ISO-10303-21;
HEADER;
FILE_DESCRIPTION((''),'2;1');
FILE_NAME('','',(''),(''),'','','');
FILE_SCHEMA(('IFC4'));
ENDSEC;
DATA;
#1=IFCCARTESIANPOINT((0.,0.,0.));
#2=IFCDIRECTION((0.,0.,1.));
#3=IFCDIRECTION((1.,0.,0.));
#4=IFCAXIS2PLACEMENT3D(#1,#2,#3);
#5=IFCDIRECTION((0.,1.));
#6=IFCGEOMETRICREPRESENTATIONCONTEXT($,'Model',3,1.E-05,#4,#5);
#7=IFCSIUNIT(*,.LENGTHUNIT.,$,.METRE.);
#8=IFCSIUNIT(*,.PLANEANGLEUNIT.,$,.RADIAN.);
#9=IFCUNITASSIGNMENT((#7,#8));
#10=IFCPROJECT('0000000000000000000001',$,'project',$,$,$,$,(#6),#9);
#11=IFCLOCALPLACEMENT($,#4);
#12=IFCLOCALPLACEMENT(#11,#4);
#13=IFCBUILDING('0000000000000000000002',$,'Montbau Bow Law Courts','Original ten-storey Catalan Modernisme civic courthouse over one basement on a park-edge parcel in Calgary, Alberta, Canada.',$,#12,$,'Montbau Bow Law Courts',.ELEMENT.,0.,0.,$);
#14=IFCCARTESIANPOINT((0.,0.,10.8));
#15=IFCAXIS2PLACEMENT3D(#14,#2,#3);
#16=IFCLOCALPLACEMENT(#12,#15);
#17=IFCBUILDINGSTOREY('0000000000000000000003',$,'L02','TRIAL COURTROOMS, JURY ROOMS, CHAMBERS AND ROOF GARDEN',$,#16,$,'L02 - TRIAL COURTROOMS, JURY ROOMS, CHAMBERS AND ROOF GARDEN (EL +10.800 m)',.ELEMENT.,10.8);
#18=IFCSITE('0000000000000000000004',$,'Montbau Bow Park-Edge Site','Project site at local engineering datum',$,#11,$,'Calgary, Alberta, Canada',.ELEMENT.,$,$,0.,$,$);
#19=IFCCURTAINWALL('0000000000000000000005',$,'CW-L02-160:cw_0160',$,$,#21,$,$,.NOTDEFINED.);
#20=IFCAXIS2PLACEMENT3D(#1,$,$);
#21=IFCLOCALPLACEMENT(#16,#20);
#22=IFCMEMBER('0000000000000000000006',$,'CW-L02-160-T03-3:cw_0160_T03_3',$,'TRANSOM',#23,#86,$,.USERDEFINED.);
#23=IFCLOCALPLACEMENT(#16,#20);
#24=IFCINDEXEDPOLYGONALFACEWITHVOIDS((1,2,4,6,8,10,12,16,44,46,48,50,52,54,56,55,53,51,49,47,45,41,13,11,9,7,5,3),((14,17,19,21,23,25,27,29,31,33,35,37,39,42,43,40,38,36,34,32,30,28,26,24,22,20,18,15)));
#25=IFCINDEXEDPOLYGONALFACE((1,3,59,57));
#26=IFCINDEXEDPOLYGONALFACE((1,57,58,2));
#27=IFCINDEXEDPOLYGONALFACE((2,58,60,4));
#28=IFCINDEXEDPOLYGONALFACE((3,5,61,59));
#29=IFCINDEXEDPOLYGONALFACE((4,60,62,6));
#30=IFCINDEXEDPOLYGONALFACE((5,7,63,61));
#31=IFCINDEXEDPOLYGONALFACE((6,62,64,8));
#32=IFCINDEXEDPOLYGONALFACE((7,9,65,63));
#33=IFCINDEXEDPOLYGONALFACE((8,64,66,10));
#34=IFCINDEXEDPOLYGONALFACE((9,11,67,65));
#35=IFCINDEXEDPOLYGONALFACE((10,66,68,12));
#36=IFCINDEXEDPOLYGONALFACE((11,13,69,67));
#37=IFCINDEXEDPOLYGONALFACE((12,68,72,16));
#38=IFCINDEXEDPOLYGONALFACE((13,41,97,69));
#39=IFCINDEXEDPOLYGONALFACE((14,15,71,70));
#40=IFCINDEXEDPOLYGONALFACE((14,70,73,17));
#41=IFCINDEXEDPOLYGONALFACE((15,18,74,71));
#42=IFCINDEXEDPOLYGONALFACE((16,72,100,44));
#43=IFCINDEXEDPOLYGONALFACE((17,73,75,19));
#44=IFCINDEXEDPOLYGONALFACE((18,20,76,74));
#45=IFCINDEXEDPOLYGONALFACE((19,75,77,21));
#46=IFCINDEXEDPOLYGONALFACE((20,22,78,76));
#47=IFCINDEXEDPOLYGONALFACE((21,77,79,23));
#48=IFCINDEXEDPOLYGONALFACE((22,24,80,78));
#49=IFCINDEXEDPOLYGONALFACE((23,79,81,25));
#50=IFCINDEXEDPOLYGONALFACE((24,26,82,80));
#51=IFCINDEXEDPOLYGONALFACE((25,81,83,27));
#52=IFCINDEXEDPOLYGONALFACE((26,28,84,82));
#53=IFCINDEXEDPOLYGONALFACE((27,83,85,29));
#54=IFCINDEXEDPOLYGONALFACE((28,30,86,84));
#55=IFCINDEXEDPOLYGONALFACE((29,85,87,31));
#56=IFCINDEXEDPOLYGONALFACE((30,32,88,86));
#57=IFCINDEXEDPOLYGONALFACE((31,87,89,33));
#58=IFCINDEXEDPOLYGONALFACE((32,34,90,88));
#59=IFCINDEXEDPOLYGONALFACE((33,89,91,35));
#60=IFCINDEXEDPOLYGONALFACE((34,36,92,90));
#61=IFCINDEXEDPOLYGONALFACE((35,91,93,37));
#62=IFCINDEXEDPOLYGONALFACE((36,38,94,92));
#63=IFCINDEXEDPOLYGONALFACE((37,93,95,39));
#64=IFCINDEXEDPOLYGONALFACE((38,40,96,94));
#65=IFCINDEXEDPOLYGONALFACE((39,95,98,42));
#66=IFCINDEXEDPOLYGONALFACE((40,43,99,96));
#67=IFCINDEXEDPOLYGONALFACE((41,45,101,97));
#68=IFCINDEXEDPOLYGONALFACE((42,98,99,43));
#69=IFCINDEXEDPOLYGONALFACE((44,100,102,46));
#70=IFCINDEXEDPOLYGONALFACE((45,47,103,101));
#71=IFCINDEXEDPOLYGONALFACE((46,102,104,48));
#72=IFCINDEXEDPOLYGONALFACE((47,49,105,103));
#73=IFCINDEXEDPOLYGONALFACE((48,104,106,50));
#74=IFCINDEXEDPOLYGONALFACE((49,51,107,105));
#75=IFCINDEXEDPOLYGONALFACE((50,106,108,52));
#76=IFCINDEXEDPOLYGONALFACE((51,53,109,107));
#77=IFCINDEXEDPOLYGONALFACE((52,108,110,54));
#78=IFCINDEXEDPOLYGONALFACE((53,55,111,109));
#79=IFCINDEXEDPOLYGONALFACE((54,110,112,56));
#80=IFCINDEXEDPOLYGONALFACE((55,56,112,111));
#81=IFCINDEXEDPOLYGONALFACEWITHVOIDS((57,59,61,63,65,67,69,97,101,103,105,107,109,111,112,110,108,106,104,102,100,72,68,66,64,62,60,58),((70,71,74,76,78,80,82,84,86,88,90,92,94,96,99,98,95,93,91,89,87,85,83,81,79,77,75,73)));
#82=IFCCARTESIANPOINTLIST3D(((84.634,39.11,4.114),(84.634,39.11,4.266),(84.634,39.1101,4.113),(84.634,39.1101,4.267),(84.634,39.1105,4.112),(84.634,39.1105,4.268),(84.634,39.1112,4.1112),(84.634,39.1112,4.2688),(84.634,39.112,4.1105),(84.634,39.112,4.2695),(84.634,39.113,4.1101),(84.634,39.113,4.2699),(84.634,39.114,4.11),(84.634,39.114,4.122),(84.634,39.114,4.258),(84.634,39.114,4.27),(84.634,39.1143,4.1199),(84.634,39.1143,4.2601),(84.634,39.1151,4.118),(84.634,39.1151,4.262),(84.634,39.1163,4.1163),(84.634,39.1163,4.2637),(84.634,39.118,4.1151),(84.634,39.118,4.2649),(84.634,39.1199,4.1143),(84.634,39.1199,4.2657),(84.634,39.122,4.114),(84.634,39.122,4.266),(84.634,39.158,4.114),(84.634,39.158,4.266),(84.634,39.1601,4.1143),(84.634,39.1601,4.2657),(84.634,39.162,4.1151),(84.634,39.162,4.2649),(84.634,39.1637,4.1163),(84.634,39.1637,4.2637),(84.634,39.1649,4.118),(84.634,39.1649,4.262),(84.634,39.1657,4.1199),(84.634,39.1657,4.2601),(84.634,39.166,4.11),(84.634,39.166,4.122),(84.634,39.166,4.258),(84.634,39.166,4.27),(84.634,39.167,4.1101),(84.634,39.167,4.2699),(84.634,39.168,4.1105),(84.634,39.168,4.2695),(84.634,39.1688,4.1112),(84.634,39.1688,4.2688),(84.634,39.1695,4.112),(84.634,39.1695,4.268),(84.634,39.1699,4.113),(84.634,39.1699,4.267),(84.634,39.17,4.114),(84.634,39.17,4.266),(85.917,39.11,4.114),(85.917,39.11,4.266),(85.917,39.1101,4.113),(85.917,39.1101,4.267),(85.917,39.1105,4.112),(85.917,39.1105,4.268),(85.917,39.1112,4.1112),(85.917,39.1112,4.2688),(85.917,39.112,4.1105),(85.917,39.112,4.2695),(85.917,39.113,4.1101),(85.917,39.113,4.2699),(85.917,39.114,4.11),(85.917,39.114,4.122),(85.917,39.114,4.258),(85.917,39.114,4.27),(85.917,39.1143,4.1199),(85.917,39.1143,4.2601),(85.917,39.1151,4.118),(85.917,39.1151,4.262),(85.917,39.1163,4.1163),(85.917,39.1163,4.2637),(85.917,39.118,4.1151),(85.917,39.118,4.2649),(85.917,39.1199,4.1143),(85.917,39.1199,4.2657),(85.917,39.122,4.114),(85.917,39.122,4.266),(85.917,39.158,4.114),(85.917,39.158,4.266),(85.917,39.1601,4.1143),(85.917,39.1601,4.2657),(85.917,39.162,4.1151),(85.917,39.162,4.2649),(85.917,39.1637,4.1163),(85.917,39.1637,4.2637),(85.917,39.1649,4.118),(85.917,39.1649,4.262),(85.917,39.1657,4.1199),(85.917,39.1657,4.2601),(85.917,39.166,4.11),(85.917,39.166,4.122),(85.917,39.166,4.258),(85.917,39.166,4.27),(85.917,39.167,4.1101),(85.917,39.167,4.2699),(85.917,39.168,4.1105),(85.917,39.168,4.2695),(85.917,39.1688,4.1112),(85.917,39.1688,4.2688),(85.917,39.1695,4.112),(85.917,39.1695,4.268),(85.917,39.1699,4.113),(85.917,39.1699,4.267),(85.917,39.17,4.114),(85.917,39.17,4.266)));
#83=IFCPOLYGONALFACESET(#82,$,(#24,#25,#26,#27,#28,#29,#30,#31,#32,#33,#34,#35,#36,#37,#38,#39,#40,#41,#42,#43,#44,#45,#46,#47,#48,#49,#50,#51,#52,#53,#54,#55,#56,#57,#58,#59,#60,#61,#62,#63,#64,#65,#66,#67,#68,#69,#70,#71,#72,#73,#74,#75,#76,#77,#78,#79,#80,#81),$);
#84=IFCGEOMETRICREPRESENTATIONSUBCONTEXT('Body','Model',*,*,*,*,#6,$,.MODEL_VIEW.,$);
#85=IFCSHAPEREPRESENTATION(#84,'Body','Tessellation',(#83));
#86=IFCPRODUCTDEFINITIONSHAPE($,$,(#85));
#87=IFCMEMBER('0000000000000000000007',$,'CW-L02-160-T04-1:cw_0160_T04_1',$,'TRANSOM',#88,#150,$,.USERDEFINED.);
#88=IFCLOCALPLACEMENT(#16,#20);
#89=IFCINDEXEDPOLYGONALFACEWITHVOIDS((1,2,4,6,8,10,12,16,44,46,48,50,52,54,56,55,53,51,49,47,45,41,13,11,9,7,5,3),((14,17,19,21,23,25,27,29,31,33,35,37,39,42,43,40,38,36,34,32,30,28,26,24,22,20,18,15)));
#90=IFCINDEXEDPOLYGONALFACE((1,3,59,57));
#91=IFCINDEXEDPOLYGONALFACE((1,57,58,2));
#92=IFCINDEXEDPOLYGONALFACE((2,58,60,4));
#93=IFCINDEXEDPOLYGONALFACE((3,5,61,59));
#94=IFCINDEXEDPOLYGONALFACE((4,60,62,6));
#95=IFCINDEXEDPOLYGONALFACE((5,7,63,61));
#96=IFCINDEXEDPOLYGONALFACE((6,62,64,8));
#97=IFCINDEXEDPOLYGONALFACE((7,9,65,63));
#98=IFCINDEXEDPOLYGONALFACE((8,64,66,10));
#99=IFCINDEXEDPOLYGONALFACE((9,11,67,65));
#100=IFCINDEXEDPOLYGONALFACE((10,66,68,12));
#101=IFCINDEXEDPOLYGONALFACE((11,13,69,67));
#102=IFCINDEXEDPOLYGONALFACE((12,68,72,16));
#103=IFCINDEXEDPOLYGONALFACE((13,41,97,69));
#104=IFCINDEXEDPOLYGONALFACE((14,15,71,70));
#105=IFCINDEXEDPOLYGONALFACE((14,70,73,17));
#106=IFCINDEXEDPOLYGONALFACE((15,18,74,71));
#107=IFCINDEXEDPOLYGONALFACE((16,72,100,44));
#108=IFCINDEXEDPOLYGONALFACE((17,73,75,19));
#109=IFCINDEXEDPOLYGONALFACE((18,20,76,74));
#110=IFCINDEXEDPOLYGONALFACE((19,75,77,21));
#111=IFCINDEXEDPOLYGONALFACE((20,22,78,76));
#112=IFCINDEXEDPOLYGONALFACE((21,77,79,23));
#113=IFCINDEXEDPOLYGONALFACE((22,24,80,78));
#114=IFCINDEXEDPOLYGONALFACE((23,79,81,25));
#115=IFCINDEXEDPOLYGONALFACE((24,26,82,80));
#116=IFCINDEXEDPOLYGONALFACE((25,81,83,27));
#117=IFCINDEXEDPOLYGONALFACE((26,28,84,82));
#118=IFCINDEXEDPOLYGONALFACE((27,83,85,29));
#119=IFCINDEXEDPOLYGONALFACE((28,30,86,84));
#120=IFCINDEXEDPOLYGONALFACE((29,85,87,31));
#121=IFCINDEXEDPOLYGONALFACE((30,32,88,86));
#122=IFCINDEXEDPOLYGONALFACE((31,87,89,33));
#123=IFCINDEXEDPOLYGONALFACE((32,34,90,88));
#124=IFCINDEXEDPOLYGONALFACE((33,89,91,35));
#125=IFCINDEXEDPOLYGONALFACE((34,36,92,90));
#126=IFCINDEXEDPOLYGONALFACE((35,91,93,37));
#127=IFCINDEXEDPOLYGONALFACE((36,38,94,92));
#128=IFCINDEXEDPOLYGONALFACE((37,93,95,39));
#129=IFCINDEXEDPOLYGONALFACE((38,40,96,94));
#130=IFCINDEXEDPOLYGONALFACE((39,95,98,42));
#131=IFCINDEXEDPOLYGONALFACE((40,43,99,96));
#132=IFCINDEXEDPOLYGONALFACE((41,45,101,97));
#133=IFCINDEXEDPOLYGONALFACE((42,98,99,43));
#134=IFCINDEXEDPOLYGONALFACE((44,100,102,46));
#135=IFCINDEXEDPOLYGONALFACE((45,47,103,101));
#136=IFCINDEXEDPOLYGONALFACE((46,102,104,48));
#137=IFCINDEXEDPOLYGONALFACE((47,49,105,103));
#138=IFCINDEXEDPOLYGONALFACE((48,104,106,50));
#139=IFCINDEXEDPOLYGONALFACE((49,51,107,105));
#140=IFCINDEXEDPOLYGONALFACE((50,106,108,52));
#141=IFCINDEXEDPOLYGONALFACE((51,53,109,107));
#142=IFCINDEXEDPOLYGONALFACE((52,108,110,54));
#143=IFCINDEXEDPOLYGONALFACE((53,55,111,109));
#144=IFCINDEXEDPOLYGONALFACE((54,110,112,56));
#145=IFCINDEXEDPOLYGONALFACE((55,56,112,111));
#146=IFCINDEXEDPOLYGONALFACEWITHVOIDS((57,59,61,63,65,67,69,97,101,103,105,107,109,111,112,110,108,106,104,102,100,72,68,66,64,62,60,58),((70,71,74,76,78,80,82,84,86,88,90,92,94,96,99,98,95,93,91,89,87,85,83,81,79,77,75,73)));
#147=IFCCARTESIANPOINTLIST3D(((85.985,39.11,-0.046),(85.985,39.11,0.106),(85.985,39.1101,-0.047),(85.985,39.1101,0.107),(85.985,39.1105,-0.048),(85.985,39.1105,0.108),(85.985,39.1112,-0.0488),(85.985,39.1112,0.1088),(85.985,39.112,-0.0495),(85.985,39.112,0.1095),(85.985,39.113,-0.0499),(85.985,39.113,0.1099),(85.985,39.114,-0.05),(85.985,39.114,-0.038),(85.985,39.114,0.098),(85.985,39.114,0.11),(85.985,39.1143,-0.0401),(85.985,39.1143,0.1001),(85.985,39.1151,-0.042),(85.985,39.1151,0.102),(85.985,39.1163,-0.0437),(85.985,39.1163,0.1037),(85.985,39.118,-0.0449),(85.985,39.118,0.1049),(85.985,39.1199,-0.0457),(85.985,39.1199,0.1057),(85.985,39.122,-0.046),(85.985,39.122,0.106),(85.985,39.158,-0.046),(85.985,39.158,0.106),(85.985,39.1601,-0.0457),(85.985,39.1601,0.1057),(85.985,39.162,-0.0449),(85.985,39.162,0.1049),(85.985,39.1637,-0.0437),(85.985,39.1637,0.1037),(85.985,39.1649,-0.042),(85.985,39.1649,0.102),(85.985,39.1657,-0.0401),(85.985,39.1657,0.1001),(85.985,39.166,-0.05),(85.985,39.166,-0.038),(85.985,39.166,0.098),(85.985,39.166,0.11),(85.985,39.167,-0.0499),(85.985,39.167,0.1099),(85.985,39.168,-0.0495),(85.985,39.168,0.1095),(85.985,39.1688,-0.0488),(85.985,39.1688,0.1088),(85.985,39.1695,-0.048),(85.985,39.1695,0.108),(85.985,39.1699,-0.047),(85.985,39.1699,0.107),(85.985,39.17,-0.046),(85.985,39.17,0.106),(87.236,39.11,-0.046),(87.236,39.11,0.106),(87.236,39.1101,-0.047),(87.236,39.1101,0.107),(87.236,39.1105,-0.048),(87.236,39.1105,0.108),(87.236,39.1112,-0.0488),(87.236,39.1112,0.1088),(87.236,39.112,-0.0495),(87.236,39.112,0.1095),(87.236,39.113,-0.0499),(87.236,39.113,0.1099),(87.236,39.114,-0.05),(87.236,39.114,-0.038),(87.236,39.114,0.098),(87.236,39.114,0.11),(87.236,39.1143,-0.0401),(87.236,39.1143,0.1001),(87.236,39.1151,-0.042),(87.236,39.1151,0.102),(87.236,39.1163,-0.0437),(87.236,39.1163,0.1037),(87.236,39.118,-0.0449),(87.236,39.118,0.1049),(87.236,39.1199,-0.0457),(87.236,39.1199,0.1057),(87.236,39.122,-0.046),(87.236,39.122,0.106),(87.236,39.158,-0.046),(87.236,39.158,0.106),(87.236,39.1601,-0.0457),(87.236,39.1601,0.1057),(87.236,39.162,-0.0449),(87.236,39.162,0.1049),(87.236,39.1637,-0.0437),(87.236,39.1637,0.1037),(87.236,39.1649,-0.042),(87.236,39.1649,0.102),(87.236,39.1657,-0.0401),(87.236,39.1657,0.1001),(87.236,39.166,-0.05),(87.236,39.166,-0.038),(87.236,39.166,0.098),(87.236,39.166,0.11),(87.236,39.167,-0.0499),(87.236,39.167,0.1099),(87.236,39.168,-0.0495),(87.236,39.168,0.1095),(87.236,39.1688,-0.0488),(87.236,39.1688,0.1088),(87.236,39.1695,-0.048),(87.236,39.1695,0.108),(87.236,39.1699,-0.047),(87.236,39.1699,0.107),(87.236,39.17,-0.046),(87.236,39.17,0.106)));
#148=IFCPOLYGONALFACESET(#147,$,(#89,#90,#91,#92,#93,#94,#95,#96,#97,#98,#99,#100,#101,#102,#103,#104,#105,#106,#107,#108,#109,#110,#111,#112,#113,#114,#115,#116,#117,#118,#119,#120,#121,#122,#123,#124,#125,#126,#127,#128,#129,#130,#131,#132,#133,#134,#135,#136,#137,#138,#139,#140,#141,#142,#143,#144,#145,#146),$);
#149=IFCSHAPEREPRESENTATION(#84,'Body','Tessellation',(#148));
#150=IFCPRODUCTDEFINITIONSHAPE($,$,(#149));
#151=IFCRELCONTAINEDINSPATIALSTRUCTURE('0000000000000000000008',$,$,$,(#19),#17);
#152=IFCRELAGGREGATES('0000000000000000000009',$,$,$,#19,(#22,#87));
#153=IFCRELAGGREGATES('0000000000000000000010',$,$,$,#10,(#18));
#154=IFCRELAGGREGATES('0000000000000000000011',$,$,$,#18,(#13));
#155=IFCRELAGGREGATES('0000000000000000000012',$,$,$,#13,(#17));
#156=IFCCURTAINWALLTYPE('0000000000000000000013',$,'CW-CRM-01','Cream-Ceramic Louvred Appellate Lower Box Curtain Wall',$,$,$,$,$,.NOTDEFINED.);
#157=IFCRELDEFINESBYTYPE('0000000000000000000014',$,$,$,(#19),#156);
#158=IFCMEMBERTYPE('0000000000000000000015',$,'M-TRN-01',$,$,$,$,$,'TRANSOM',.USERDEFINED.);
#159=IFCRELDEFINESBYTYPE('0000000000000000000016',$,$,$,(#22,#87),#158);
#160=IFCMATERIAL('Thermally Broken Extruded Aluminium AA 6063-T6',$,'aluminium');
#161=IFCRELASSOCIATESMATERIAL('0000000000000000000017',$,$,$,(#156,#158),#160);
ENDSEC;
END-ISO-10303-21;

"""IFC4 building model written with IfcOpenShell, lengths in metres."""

from ifc_helpers import new_model, si_unit, direction, frame, origin_with_axes, origin_2d_with_axis, place, context, subcontext, project, spatial, hollow_rectangle, extrude, material, material_profile, profile_set, type_object, element, aggregate, save


model = new_model("IFC4")

# Units and contexts
model_context = context("Model", 3, precision=1e-05, world=origin_with_axes(), true_north=direction((0.0, 1.0)))
body_context = subcontext(model_context, "Body", "Model", "MODEL_VIEW")
ifc_project = project(units=[si_unit("LENGTHUNIT", "METRE"), si_unit("PLANEANGLEUNIT", "RADIAN")], contexts=[model_context])

# Site, building, storey
site_placement = place(None, origin_with_axes())
site = spatial("IfcSite", under=ifc_project, at=site_placement, Name="Montbau Bow Park-Edge Site", Description="Project site at local engineering datum", LongName="Calgary, Alberta, Canada", CompositionType="ELEMENT", RefElevation=0.0)
building_placement = place(site_placement, origin_with_axes())
building = spatial("IfcBuilding", under=site, at=building_placement, Name="Montbau Bow Law Courts", Description="Original ten-storey Catalan Modernisme civic courthouse over one basement on a park-edge parcel in Calgary, Alberta, Canada.", LongName="Montbau Bow Law Courts", CompositionType="ELEMENT", ElevationOfRefHeight=0.0, ElevationOfTerrain=0.0)
storey_placement = place(building_placement, frame((0.0, 0.0, 10.8), z_axis=(0.0, 0.0, 1.0), x_axis=(1.0, 0.0, 0.0)))
storey = spatial("IfcBuildingStorey", under=building, at=storey_placement, Name="L02", Description="TRIAL COURTROOMS, JURY ROOMS, CHAMBERS AND ROOF GARDEN", LongName="L02 - TRIAL COURTROOMS, JURY ROOMS, CHAMBERS AND ROOF GARDEN (EL +10.800 m)", CompositionType="ELEMENT", Elevation=10.8)

# Curtain wall
ifc_material_1 = material(Name="Thermally Broken Extruded Aluminium AA 6063-T6", Category="aluminium")
curtain_wall_type = type_object("IfcCurtainWallType", Name="CW-CRM-01", Description="Cream-Ceramic Louvred Appellate Lower Box Curtain Wall", PredefinedType="NOTDEFINED", material=ifc_material_1)
curtain_wall_1_placement = place(None, frame((81.897, 39.14, 10.8), z_axis=(0.0, 0.0, 1.0), x_axis=(1.0, 0.0, 0.0)))
curtain_wall_1 = element("IfcCurtainWall", 1, at=curtain_wall_1_placement, inside=storey, type_object=curtain_wall_type, Name="CW-L02-160:cw_0160", PredefinedType="NOTDEFINED")

# Members
ifc_material_profile_1 = material_profile(ifc_material_1, hollow_rectangle(XDim=0.06, YDim=0.16, WallThickness=0.004, InnerFilletRadius=0.008, OuterFilletRadius=0.004, at=origin_2d_with_axis()), Name="CWT-160X60", Category="Main", Priority=0)
ifc_profile_set_1 = profile_set([ifc_material_profile_1], Name="Thermally Broken Extruded Aluminium AA 6063-T6")
member_type_1 = type_object("IfcMemberType", Name="M-TRN-01", ElementType="TRANSOM", PredefinedType="USERDEFINED", material=ifc_profile_set_1)
member_1_placement = place(None, frame((84.634, 39.14, 14.99), z_axis=(1.0, 0.0, 0.0), x_axis=(0.0, 1.0, 0.0)))
member_1 = element("IfcMember", 2, at=member_1_placement, type_object=member_type_1, Name="CW-L02-160-T03-3:cw_0160_T03_3", ObjectType="TRANSOM", PredefinedType="USERDEFINED", context=body_context, shape_type="SweptSolid", body=[
    extrude(hollow_rectangle(XDim=0.06, YDim=0.16, WallThickness=0.004, InnerFilletRadius=0.008, OuterFilletRadius=0.004, at=origin_2d_with_axis()), origin_with_axes(), (0.0, 0.0, 1.0), 1.283),
])
member_2_placement = place(None, frame((85.985, 39.14, 10.83), z_axis=(1.0, 0.0, 0.0), x_axis=(0.0, 1.0, 0.0)))
member_2 = element("IfcMember", 3, at=member_2_placement, type_object=member_type_1, Name="CW-L02-160-T04-1:cw_0160_T04_1", ObjectType="TRANSOM", PredefinedType="USERDEFINED", context=body_context, shape_type="SweptSolid", body=[
    extrude(hollow_rectangle(XDim=0.06, YDim=0.16, WallThickness=0.004, InnerFilletRadius=0.008, OuterFilletRadius=0.004, at=origin_2d_with_axis()), origin_with_axes(), (0.0, 0.0, 1.0), 1.251),
])

aggregate(curtain_wall_1, [member_1, member_2])

save(model, "model.ifc")
